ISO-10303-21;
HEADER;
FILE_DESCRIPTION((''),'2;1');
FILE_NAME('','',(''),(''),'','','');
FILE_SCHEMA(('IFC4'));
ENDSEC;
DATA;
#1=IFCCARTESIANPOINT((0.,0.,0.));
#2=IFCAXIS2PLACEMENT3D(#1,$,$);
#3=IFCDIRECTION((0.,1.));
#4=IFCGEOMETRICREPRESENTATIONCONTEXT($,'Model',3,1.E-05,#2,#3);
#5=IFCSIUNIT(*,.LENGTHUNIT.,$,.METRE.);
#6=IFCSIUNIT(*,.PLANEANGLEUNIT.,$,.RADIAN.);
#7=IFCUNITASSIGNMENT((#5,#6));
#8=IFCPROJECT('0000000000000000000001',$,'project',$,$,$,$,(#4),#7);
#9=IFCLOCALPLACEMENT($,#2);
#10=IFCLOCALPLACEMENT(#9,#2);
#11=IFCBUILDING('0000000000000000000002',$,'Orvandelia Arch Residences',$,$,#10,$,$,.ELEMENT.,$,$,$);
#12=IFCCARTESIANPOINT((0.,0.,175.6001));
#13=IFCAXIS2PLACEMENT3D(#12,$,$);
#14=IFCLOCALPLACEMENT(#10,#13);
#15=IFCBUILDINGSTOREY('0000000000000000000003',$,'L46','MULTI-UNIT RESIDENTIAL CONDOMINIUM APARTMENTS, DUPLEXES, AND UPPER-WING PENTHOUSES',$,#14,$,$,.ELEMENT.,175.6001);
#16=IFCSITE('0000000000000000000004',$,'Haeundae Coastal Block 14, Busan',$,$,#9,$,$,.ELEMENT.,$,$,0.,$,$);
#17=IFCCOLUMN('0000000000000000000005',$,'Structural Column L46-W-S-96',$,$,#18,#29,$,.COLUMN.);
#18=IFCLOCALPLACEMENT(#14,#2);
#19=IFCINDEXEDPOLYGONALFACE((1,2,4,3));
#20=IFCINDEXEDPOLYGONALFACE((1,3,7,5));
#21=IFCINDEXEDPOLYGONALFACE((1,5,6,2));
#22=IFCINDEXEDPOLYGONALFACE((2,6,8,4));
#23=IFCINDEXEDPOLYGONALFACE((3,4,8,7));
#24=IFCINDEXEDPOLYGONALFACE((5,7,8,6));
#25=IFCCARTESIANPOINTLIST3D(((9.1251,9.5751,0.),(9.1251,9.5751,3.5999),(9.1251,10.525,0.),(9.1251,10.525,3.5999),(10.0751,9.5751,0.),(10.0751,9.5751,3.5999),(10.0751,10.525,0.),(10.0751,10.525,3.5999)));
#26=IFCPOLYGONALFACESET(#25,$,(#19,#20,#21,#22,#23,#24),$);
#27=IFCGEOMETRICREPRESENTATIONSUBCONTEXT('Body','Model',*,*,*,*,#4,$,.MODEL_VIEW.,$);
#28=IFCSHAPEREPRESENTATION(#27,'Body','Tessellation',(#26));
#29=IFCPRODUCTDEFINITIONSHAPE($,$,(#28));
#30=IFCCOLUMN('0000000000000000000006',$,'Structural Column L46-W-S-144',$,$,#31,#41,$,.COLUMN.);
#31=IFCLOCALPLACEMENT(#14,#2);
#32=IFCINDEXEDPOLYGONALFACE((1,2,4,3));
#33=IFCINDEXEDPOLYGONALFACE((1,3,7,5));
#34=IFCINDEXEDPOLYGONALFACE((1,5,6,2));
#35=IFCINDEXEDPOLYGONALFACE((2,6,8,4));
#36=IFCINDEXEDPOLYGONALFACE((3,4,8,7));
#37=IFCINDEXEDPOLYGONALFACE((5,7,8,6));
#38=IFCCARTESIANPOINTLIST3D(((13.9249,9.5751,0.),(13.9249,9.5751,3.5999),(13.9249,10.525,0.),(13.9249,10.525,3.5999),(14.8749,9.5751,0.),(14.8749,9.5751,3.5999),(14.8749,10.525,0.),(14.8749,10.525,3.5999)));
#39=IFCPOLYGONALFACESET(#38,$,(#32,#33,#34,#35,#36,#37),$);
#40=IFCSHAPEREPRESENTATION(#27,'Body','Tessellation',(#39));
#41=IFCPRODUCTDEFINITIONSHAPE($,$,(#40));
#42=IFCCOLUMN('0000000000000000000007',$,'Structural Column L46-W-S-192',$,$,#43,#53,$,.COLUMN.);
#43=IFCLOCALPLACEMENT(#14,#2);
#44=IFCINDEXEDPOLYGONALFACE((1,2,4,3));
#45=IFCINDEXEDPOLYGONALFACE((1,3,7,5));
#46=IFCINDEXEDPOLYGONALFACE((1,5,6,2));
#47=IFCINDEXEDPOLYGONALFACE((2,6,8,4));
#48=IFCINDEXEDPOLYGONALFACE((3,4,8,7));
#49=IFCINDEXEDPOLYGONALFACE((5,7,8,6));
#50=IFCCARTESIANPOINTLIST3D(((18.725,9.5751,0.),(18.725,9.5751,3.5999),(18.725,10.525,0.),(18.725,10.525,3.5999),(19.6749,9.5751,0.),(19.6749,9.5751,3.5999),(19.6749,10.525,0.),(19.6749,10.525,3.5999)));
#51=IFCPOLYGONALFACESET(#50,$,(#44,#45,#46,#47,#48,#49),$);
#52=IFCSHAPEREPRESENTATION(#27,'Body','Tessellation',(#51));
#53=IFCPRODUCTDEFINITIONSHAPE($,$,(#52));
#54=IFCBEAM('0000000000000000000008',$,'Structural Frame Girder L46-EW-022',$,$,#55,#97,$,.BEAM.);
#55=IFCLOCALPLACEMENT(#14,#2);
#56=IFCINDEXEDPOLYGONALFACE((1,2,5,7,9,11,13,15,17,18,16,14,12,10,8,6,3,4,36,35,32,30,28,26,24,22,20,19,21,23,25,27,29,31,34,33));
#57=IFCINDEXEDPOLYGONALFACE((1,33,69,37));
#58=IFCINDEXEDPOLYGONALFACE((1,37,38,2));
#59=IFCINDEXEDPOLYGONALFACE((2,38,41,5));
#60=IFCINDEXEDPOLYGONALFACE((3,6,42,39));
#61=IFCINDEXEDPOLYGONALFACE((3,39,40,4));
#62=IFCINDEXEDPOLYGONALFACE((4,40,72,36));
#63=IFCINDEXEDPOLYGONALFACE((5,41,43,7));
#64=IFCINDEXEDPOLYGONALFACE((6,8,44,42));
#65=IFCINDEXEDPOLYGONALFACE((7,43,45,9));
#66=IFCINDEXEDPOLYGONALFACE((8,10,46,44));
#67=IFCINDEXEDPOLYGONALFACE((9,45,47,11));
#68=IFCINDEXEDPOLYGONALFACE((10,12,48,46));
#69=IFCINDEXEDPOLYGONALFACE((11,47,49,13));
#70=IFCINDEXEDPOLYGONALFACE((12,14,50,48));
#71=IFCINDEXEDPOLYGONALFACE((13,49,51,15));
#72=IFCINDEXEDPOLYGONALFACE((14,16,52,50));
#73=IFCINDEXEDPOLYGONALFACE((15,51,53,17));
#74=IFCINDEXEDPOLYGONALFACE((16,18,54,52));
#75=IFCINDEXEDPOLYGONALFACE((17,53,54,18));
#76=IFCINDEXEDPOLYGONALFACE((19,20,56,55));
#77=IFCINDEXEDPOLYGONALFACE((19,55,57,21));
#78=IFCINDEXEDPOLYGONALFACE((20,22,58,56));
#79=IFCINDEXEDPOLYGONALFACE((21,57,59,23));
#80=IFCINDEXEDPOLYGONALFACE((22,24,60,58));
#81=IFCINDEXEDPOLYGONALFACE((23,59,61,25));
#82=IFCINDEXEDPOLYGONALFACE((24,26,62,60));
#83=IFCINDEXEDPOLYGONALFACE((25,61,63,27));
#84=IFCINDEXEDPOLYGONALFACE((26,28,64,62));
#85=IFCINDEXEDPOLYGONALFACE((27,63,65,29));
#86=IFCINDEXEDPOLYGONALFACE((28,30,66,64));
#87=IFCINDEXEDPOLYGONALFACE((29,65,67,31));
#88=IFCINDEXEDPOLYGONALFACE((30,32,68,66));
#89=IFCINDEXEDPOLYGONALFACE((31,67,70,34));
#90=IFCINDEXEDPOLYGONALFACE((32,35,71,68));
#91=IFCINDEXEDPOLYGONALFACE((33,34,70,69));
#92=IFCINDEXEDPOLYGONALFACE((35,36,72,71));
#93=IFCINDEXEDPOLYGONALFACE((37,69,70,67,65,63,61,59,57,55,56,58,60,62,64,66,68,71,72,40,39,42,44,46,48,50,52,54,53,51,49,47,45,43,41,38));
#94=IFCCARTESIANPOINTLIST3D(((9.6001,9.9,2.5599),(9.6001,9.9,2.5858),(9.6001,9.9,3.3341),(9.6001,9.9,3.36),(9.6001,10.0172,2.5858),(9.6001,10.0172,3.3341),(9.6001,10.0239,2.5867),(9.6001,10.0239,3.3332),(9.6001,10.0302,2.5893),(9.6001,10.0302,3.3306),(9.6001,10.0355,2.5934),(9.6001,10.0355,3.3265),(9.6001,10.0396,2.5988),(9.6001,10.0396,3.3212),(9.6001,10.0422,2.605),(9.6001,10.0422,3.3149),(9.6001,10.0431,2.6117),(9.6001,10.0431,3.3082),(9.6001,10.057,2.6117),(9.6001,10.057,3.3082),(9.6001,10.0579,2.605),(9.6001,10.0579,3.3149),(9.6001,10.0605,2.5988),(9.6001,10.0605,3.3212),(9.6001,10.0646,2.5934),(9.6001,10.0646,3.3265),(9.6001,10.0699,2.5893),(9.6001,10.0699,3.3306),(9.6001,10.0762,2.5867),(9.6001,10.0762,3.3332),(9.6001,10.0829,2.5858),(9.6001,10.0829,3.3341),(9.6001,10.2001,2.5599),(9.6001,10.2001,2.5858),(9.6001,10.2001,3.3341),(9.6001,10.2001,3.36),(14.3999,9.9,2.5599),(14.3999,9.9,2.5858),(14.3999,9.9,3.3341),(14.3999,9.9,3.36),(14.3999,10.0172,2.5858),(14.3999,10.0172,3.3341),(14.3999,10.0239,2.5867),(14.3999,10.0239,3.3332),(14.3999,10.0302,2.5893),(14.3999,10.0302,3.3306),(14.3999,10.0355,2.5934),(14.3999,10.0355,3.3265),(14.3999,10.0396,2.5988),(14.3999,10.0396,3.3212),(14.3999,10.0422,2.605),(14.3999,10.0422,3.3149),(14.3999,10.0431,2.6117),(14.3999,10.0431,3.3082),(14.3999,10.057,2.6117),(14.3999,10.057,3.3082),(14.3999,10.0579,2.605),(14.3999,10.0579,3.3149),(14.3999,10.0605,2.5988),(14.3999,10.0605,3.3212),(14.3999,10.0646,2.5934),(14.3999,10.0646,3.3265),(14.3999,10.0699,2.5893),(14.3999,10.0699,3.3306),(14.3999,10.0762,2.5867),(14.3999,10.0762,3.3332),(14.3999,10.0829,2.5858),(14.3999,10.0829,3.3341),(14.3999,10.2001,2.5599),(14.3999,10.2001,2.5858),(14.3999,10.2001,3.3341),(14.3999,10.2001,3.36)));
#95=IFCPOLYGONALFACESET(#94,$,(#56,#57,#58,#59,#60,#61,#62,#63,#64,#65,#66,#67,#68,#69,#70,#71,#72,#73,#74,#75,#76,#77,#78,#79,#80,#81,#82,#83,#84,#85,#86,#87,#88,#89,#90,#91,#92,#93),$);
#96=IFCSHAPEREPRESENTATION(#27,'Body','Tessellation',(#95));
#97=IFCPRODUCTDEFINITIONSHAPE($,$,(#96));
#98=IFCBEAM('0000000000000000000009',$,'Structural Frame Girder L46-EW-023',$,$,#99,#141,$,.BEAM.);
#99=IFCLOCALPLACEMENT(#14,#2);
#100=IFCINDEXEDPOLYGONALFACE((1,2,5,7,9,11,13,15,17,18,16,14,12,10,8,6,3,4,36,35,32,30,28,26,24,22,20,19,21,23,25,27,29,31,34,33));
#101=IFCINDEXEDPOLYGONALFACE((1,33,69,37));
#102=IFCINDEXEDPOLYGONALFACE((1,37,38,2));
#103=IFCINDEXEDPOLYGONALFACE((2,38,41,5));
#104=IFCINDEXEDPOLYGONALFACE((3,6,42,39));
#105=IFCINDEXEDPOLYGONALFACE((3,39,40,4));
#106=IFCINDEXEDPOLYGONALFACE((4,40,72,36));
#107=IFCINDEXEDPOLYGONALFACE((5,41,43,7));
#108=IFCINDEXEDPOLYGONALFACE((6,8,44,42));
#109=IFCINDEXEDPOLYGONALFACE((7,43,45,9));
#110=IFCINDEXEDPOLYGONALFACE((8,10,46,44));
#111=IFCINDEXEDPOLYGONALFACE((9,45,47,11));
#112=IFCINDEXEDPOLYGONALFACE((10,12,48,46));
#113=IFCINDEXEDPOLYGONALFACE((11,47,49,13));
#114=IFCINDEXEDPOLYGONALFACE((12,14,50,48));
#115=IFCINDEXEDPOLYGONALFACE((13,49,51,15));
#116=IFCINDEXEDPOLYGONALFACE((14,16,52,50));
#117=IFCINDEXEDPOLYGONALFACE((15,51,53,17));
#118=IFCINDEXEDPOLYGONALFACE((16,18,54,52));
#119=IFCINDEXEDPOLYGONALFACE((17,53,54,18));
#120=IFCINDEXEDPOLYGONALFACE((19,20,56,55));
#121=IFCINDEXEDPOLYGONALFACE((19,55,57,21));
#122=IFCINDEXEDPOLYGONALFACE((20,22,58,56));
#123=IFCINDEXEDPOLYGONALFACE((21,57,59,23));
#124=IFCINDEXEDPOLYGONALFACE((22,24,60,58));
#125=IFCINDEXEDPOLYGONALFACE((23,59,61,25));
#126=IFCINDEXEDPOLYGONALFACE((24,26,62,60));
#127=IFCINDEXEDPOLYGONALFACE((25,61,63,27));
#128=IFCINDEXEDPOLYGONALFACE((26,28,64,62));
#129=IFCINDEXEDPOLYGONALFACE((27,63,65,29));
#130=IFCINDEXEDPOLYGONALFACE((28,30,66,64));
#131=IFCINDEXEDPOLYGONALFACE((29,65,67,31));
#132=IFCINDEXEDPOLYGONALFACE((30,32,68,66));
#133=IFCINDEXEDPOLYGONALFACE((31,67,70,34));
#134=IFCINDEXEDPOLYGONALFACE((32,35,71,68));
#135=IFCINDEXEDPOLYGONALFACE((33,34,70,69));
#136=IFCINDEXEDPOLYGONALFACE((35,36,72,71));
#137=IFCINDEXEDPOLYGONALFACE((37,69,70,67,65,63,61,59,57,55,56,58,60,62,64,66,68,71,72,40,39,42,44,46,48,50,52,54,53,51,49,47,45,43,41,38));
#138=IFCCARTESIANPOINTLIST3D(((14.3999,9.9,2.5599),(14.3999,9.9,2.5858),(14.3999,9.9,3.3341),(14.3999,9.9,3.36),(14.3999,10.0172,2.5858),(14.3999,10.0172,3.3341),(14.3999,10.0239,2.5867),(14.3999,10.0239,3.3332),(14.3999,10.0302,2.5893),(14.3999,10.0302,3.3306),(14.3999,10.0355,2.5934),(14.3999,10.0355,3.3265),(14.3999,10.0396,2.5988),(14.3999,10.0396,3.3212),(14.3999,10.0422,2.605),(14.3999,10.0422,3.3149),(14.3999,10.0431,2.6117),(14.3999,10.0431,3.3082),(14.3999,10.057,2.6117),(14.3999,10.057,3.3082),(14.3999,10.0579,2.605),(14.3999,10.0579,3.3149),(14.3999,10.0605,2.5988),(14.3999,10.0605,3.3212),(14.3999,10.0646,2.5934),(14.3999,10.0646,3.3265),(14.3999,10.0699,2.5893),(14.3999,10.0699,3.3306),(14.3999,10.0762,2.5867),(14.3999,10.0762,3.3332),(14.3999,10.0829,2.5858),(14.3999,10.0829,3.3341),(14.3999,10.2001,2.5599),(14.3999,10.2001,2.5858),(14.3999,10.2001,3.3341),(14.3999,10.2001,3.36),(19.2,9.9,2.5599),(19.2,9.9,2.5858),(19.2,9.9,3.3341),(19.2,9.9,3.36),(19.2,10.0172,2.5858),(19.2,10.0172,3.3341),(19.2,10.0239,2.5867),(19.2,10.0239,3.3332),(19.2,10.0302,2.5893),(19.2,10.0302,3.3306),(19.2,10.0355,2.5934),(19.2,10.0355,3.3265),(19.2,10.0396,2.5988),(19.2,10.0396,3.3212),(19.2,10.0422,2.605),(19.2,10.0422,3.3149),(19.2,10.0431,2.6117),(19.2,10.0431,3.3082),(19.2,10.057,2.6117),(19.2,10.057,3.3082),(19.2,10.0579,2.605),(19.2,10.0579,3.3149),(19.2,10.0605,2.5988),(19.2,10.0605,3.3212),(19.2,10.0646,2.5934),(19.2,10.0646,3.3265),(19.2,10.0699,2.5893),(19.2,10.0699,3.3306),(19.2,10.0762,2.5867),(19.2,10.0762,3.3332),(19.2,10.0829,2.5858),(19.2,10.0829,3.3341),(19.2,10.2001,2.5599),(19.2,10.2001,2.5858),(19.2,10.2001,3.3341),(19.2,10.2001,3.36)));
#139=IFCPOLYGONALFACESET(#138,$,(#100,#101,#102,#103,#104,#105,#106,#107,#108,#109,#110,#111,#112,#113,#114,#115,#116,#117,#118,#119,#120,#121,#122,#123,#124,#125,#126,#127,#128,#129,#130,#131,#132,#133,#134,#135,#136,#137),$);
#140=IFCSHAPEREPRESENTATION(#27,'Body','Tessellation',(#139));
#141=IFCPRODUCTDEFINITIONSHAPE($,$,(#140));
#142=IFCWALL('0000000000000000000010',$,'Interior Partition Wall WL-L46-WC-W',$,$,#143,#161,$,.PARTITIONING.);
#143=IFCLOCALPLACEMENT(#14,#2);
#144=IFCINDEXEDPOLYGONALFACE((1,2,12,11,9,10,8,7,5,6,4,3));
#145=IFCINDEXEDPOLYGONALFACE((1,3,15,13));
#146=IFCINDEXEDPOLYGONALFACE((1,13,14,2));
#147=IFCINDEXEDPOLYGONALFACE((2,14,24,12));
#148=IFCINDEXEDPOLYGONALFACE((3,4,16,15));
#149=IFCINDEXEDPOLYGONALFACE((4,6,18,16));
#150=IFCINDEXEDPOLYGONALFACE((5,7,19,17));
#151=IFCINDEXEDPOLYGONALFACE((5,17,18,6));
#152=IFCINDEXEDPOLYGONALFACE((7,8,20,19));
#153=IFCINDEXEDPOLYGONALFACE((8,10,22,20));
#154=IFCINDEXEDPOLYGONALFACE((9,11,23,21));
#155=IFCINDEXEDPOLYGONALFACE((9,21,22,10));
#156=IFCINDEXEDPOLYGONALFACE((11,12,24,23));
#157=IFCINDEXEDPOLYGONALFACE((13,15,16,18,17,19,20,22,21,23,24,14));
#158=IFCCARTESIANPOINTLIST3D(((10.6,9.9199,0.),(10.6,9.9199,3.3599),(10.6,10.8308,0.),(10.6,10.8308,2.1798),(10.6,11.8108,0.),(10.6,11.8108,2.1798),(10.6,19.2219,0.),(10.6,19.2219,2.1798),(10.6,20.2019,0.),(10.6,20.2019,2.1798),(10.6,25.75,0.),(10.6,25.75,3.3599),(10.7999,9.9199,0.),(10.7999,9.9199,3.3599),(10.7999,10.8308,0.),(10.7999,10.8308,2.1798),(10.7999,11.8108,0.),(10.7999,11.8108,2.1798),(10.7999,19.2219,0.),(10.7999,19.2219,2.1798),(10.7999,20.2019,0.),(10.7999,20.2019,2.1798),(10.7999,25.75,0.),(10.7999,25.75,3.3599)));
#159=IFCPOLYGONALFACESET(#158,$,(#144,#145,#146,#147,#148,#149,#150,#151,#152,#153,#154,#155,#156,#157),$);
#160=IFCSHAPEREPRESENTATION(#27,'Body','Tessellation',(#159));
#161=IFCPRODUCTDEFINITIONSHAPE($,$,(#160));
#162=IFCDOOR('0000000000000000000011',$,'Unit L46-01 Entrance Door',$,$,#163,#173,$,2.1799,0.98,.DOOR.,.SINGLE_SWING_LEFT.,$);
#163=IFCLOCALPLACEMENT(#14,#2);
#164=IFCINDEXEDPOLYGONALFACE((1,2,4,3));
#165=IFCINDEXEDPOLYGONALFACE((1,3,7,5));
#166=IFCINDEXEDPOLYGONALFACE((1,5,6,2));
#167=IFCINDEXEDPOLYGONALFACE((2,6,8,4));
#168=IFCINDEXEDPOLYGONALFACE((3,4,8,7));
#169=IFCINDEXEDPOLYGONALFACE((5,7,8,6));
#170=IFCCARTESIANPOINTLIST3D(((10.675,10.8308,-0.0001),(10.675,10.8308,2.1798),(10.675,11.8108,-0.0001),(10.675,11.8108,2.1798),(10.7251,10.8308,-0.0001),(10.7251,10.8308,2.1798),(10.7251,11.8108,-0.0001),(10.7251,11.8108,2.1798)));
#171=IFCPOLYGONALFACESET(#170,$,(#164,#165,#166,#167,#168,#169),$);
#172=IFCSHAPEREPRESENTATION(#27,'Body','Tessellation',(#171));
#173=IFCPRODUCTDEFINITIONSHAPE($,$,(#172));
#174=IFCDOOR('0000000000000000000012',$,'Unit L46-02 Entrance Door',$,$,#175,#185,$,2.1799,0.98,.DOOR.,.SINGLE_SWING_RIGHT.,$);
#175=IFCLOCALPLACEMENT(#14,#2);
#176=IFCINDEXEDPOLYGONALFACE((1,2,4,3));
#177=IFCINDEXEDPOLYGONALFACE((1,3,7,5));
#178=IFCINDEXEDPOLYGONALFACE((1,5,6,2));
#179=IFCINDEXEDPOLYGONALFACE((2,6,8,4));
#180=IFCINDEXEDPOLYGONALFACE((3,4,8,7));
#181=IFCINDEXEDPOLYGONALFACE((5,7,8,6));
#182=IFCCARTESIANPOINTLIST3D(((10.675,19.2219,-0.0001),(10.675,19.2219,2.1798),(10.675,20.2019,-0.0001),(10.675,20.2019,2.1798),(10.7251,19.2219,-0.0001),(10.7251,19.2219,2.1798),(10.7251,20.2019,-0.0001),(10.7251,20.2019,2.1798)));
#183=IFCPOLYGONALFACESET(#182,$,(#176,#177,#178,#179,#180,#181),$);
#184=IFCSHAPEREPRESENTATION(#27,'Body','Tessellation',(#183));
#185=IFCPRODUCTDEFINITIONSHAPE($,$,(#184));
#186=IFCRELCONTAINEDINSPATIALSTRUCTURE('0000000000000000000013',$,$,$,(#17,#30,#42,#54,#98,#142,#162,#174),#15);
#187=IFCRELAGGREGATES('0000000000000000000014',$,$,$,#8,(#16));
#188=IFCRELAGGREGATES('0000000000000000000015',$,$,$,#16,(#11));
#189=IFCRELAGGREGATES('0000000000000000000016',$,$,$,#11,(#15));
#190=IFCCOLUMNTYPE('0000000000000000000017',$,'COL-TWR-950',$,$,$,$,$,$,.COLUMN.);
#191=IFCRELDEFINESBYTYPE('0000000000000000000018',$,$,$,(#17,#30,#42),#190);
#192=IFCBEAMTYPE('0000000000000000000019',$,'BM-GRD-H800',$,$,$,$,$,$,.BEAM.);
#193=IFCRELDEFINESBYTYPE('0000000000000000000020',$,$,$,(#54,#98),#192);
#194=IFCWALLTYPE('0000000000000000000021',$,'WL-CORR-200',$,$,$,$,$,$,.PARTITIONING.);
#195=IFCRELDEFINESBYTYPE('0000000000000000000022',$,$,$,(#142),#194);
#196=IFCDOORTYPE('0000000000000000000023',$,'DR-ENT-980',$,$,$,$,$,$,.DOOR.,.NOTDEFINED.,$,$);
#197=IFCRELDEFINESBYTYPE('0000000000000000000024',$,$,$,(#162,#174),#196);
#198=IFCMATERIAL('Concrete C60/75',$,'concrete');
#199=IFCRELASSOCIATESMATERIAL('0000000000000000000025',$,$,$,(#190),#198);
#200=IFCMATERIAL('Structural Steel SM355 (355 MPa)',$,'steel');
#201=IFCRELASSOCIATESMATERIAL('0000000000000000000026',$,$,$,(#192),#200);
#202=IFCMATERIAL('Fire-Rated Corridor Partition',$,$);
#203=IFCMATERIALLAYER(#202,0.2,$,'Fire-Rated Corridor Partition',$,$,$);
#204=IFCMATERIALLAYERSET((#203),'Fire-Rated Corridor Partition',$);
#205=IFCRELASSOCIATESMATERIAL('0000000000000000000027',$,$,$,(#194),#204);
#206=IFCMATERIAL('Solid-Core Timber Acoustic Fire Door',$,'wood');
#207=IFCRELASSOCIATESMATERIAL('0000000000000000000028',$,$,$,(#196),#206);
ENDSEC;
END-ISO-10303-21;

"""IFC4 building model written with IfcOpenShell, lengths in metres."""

from ifc_helpers import new_model, si_unit, direction, frame, frame_2d, origin, origin_2d, place, context, subcontext, project, spatial, rectangle, i_section, extrude, material, layer, layer_set, material_profile, profile_set, type_object, element, fill, save


model = new_model("IFC4")

# Units and contexts
model_context = context("Model", 3, precision=1e-05, world=origin(), true_north=direction((0.0, 1.0)))
body_context = subcontext(model_context, "Body", "Model", "MODEL_VIEW")
ifc_project = project(units=[si_unit("LENGTHUNIT", "METRE"), si_unit("PLANEANGLEUNIT", "RADIAN")], contexts=[model_context])

# Site, building, storey
site_placement = place(None, origin())
site = spatial("IfcSite", under=ifc_project, at=site_placement, Name="Haeundae Coastal Block 14, Busan", CompositionType="ELEMENT", RefElevation=0.0)
building_placement = place(site_placement, origin())
building = spatial("IfcBuilding", under=site, at=building_placement, Name="Orvandelia Arch Residences", CompositionType="ELEMENT")
storey_placement = place(building_placement, frame((0.0, 0.0, 175.6001)))
storey = spatial("IfcBuildingStorey", under=building, at=storey_placement, Name="L46", Description="MULTI-UNIT RESIDENTIAL CONDOMINIUM APARTMENTS, DUPLEXES, AND UPPER-WING PENTHOUSES", CompositionType="ELEMENT", Elevation=175.6001)

# Columns
ifc_material_1 = material(Name="Concrete C60/75", Category="concrete")
ifc_material_profile_1 = material_profile(ifc_material_1, rectangle(XDim=0.95, YDim=0.95, at=origin_2d()), Name="Concrete C60/75", Category="concrete")
ifc_profile_set_1 = profile_set([ifc_material_profile_1], Name="Concrete C60/75")
column_type = type_object("IfcColumnType", Name="COL-TWR-950", PredefinedType="COLUMN", material=ifc_profile_set_1)
for number, where, z_axis, x_axis, name in (
    (1, (9.6001, 10.05, 0.0), (0.0, 0.0, 1.0), (1.0, 0.0, 0.0), "Structural Column L46-W-S-96"),
    (2, (14.3999, 10.05, 0.0), (0.0, 0.0, 1.0), (1.0, 0.0, 0.0), "Structural Column L46-W-S-144"),
    (3, (19.2, 10.05, 0.0), (0.0, 0.0, 1.0), (1.0, 0.0, 0.0), "Structural Column L46-W-S-192"),
):
    element("IfcColumn", number, at=place(storey_placement, frame(where, z_axis=z_axis, x_axis=x_axis)), inside=storey, type_object=column_type, Name=name, PredefinedType="COLUMN", context=body_context, shape_type="SweptSolid", body=[
        extrude(rectangle(XDim=0.95, YDim=0.95, at=origin_2d()), origin(), (0.0, 0.0, 1.0), 3.5999),
    ])

# Beams
ifc_material_2 = material(Name="Structural Steel SM355 (355 MPa)", Category="steel")
ifc_material_profile_2 = material_profile(ifc_material_2, i_section(OverallWidth=0.3, OverallDepth=0.8, WebThickness=0.0139, FlangeThickness=0.0259, FilletRadius=0.0259, at=origin_2d()), Name="Structural Steel SM355 (355 MPa)", Category="steel")
ifc_profile_set_2 = profile_set([ifc_material_profile_2], Name="Structural Steel SM355 (355 MPa)")
beam_type = type_object("IfcBeamType", Name="BM-GRD-H800", PredefinedType="BEAM", material=ifc_profile_set_2)
beam_1_placement = place(storey_placement, frame((9.6001, 10.05, 2.96), z_axis=(1.0, 0.0, 0.0), x_axis=(0.0, 1.0, 0.0)))
element("IfcBeam", 4, at=beam_1_placement, inside=storey, type_object=beam_type, Name="Structural Frame Girder L46-EW-022", PredefinedType="BEAM", context=body_context, shape_type="SweptSolid", body=[
    extrude(i_section(OverallWidth=0.3, OverallDepth=0.8, WebThickness=0.0139, FlangeThickness=0.0259, FilletRadius=0.0259, at=origin_2d()), origin(), (0.0, 0.0, 1.0), 4.7998),
])
beam_2_placement = place(storey_placement, frame((14.3999, 10.05, 2.96), z_axis=(1.0, 0.0, 0.0), x_axis=(0.0, 1.0, 0.0)))
element("IfcBeam", 5, at=beam_2_placement, inside=storey, type_object=beam_type, Name="Structural Frame Girder L46-EW-023", PredefinedType="BEAM", context=body_context, shape_type="SweptSolid", body=[
    extrude(i_section(OverallWidth=0.3, OverallDepth=0.8, WebThickness=0.0139, FlangeThickness=0.0259, FilletRadius=0.0259, at=origin_2d()), origin(), (0.0, 0.0, 1.0), 4.8),
])

# Wall, openings, doors
ifc_material_3 = material(Name="Fire-Rated Corridor Partition")
ifc_layer_1 = layer(ifc_material_3, 0.2, Name="Fire-Rated Corridor Partition")
ifc_layer_set_1 = layer_set([ifc_layer_1], Name="Fire-Rated Corridor Partition")
wall_type_1 = type_object("IfcWallType", Name="WL-CORR-200", PredefinedType="PARTITIONING", material=ifc_layer_set_1)
wall_1_placement = place(storey_placement, frame((10.7, 9.9199, 0.0), z_axis=(0.0, 0.0, 1.0), x_axis=(0.0, 1.0, 0.0)))
wall_1 = element("IfcWall", 6, at=wall_1_placement, inside=storey, type_object=wall_type_1, Name="Interior Partition Wall WL-L46-WC-W", PredefinedType="PARTITIONING", context=body_context, shape_type="SweptSolid", body=[
    extrude(rectangle(XDim=15.8301, YDim=0.2, at=frame_2d((7.915, 0.0))), origin(), (0.0, 0.0, 1.0), 3.3599),
])
opening_1_placement = place(wall_1_placement, frame((0.9109, 0.0, 0.0)))
opening_1 = element("IfcOpeningElement", 7, at=opening_1_placement, cuts=wall_1, PredefinedType="OPENING", context=body_context, shape_type="SweptSolid", body=[
    extrude(rectangle(XDim=0.98, YDim=2.1799, at=frame_2d((0.49, 1.0898))), frame((0.0, 0.1099, 0.0), z_axis=(0.0, -1.0, 0.0), x_axis=(1.0, 0.0, 0.0)), (0.0, 0.0, 1.0), 0.22),
])
opening_2_placement = place(wall_1_placement, frame((9.302, 0.0, 0.0)))
opening_2 = element("IfcOpeningElement", 8, at=opening_2_placement, cuts=wall_1, PredefinedType="OPENING", context=body_context, shape_type="SweptSolid", body=[
    extrude(rectangle(XDim=0.98, YDim=2.1799, at=frame_2d((0.49, 1.0898))), frame((0.0, 0.1099, 0.0), z_axis=(0.0, -1.0, 0.0), x_axis=(1.0, 0.0, 0.0)), (0.0, 0.0, 1.0), 0.22),
])
ifc_material_4 = material(Name="Solid-Core Timber Acoustic Fire Door", Category="wood")
door_type_1 = type_object("IfcDoorType", Name="DR-ENT-980", OperationType="NOTDEFINED", PredefinedType="DOOR", material=ifc_material_4)
door_1_placement = place(opening_1_placement, origin())
door_1 = element("IfcDoor", 9, at=door_1_placement, inside=storey, type_object=door_type_1, Name="Unit L46-01 Entrance Door", OperationType="SINGLE_SWING_LEFT", OverallHeight=2.1799, OverallWidth=0.98, PredefinedType="DOOR", context=body_context, shape_type="SweptSolid", body=[
    extrude(rectangle(XDim=0.98, YDim=2.1799, at=frame_2d((0.49, 1.0898))), frame((0.0, 0.0249, 0.0), z_axis=(0.0, -1.0, 0.0), x_axis=(1.0, 0.0, 0.0)), (0.0, 0.0, 1.0), 0.05),
])
fill(opening_1, door_1)
door_2_placement = place(opening_2_placement, origin())
door_2 = element("IfcDoor", 10, at=door_2_placement, inside=storey, type_object=door_type_1, Name="Unit L46-02 Entrance Door", OperationType="SINGLE_SWING_RIGHT", OverallHeight=2.1799, OverallWidth=0.98, PredefinedType="DOOR", context=body_context, shape_type="SweptSolid", body=[
    extrude(rectangle(XDim=0.98, YDim=2.1799, at=frame_2d((0.49, 1.0898))), frame((0.0, 0.0249, 0.0), z_axis=(0.0, -1.0, 0.0), x_axis=(1.0, 0.0, 0.0)), (0.0, 0.0, 1.0), 0.05),
])
fill(opening_2, door_2)

save(model, "model.ifc")
